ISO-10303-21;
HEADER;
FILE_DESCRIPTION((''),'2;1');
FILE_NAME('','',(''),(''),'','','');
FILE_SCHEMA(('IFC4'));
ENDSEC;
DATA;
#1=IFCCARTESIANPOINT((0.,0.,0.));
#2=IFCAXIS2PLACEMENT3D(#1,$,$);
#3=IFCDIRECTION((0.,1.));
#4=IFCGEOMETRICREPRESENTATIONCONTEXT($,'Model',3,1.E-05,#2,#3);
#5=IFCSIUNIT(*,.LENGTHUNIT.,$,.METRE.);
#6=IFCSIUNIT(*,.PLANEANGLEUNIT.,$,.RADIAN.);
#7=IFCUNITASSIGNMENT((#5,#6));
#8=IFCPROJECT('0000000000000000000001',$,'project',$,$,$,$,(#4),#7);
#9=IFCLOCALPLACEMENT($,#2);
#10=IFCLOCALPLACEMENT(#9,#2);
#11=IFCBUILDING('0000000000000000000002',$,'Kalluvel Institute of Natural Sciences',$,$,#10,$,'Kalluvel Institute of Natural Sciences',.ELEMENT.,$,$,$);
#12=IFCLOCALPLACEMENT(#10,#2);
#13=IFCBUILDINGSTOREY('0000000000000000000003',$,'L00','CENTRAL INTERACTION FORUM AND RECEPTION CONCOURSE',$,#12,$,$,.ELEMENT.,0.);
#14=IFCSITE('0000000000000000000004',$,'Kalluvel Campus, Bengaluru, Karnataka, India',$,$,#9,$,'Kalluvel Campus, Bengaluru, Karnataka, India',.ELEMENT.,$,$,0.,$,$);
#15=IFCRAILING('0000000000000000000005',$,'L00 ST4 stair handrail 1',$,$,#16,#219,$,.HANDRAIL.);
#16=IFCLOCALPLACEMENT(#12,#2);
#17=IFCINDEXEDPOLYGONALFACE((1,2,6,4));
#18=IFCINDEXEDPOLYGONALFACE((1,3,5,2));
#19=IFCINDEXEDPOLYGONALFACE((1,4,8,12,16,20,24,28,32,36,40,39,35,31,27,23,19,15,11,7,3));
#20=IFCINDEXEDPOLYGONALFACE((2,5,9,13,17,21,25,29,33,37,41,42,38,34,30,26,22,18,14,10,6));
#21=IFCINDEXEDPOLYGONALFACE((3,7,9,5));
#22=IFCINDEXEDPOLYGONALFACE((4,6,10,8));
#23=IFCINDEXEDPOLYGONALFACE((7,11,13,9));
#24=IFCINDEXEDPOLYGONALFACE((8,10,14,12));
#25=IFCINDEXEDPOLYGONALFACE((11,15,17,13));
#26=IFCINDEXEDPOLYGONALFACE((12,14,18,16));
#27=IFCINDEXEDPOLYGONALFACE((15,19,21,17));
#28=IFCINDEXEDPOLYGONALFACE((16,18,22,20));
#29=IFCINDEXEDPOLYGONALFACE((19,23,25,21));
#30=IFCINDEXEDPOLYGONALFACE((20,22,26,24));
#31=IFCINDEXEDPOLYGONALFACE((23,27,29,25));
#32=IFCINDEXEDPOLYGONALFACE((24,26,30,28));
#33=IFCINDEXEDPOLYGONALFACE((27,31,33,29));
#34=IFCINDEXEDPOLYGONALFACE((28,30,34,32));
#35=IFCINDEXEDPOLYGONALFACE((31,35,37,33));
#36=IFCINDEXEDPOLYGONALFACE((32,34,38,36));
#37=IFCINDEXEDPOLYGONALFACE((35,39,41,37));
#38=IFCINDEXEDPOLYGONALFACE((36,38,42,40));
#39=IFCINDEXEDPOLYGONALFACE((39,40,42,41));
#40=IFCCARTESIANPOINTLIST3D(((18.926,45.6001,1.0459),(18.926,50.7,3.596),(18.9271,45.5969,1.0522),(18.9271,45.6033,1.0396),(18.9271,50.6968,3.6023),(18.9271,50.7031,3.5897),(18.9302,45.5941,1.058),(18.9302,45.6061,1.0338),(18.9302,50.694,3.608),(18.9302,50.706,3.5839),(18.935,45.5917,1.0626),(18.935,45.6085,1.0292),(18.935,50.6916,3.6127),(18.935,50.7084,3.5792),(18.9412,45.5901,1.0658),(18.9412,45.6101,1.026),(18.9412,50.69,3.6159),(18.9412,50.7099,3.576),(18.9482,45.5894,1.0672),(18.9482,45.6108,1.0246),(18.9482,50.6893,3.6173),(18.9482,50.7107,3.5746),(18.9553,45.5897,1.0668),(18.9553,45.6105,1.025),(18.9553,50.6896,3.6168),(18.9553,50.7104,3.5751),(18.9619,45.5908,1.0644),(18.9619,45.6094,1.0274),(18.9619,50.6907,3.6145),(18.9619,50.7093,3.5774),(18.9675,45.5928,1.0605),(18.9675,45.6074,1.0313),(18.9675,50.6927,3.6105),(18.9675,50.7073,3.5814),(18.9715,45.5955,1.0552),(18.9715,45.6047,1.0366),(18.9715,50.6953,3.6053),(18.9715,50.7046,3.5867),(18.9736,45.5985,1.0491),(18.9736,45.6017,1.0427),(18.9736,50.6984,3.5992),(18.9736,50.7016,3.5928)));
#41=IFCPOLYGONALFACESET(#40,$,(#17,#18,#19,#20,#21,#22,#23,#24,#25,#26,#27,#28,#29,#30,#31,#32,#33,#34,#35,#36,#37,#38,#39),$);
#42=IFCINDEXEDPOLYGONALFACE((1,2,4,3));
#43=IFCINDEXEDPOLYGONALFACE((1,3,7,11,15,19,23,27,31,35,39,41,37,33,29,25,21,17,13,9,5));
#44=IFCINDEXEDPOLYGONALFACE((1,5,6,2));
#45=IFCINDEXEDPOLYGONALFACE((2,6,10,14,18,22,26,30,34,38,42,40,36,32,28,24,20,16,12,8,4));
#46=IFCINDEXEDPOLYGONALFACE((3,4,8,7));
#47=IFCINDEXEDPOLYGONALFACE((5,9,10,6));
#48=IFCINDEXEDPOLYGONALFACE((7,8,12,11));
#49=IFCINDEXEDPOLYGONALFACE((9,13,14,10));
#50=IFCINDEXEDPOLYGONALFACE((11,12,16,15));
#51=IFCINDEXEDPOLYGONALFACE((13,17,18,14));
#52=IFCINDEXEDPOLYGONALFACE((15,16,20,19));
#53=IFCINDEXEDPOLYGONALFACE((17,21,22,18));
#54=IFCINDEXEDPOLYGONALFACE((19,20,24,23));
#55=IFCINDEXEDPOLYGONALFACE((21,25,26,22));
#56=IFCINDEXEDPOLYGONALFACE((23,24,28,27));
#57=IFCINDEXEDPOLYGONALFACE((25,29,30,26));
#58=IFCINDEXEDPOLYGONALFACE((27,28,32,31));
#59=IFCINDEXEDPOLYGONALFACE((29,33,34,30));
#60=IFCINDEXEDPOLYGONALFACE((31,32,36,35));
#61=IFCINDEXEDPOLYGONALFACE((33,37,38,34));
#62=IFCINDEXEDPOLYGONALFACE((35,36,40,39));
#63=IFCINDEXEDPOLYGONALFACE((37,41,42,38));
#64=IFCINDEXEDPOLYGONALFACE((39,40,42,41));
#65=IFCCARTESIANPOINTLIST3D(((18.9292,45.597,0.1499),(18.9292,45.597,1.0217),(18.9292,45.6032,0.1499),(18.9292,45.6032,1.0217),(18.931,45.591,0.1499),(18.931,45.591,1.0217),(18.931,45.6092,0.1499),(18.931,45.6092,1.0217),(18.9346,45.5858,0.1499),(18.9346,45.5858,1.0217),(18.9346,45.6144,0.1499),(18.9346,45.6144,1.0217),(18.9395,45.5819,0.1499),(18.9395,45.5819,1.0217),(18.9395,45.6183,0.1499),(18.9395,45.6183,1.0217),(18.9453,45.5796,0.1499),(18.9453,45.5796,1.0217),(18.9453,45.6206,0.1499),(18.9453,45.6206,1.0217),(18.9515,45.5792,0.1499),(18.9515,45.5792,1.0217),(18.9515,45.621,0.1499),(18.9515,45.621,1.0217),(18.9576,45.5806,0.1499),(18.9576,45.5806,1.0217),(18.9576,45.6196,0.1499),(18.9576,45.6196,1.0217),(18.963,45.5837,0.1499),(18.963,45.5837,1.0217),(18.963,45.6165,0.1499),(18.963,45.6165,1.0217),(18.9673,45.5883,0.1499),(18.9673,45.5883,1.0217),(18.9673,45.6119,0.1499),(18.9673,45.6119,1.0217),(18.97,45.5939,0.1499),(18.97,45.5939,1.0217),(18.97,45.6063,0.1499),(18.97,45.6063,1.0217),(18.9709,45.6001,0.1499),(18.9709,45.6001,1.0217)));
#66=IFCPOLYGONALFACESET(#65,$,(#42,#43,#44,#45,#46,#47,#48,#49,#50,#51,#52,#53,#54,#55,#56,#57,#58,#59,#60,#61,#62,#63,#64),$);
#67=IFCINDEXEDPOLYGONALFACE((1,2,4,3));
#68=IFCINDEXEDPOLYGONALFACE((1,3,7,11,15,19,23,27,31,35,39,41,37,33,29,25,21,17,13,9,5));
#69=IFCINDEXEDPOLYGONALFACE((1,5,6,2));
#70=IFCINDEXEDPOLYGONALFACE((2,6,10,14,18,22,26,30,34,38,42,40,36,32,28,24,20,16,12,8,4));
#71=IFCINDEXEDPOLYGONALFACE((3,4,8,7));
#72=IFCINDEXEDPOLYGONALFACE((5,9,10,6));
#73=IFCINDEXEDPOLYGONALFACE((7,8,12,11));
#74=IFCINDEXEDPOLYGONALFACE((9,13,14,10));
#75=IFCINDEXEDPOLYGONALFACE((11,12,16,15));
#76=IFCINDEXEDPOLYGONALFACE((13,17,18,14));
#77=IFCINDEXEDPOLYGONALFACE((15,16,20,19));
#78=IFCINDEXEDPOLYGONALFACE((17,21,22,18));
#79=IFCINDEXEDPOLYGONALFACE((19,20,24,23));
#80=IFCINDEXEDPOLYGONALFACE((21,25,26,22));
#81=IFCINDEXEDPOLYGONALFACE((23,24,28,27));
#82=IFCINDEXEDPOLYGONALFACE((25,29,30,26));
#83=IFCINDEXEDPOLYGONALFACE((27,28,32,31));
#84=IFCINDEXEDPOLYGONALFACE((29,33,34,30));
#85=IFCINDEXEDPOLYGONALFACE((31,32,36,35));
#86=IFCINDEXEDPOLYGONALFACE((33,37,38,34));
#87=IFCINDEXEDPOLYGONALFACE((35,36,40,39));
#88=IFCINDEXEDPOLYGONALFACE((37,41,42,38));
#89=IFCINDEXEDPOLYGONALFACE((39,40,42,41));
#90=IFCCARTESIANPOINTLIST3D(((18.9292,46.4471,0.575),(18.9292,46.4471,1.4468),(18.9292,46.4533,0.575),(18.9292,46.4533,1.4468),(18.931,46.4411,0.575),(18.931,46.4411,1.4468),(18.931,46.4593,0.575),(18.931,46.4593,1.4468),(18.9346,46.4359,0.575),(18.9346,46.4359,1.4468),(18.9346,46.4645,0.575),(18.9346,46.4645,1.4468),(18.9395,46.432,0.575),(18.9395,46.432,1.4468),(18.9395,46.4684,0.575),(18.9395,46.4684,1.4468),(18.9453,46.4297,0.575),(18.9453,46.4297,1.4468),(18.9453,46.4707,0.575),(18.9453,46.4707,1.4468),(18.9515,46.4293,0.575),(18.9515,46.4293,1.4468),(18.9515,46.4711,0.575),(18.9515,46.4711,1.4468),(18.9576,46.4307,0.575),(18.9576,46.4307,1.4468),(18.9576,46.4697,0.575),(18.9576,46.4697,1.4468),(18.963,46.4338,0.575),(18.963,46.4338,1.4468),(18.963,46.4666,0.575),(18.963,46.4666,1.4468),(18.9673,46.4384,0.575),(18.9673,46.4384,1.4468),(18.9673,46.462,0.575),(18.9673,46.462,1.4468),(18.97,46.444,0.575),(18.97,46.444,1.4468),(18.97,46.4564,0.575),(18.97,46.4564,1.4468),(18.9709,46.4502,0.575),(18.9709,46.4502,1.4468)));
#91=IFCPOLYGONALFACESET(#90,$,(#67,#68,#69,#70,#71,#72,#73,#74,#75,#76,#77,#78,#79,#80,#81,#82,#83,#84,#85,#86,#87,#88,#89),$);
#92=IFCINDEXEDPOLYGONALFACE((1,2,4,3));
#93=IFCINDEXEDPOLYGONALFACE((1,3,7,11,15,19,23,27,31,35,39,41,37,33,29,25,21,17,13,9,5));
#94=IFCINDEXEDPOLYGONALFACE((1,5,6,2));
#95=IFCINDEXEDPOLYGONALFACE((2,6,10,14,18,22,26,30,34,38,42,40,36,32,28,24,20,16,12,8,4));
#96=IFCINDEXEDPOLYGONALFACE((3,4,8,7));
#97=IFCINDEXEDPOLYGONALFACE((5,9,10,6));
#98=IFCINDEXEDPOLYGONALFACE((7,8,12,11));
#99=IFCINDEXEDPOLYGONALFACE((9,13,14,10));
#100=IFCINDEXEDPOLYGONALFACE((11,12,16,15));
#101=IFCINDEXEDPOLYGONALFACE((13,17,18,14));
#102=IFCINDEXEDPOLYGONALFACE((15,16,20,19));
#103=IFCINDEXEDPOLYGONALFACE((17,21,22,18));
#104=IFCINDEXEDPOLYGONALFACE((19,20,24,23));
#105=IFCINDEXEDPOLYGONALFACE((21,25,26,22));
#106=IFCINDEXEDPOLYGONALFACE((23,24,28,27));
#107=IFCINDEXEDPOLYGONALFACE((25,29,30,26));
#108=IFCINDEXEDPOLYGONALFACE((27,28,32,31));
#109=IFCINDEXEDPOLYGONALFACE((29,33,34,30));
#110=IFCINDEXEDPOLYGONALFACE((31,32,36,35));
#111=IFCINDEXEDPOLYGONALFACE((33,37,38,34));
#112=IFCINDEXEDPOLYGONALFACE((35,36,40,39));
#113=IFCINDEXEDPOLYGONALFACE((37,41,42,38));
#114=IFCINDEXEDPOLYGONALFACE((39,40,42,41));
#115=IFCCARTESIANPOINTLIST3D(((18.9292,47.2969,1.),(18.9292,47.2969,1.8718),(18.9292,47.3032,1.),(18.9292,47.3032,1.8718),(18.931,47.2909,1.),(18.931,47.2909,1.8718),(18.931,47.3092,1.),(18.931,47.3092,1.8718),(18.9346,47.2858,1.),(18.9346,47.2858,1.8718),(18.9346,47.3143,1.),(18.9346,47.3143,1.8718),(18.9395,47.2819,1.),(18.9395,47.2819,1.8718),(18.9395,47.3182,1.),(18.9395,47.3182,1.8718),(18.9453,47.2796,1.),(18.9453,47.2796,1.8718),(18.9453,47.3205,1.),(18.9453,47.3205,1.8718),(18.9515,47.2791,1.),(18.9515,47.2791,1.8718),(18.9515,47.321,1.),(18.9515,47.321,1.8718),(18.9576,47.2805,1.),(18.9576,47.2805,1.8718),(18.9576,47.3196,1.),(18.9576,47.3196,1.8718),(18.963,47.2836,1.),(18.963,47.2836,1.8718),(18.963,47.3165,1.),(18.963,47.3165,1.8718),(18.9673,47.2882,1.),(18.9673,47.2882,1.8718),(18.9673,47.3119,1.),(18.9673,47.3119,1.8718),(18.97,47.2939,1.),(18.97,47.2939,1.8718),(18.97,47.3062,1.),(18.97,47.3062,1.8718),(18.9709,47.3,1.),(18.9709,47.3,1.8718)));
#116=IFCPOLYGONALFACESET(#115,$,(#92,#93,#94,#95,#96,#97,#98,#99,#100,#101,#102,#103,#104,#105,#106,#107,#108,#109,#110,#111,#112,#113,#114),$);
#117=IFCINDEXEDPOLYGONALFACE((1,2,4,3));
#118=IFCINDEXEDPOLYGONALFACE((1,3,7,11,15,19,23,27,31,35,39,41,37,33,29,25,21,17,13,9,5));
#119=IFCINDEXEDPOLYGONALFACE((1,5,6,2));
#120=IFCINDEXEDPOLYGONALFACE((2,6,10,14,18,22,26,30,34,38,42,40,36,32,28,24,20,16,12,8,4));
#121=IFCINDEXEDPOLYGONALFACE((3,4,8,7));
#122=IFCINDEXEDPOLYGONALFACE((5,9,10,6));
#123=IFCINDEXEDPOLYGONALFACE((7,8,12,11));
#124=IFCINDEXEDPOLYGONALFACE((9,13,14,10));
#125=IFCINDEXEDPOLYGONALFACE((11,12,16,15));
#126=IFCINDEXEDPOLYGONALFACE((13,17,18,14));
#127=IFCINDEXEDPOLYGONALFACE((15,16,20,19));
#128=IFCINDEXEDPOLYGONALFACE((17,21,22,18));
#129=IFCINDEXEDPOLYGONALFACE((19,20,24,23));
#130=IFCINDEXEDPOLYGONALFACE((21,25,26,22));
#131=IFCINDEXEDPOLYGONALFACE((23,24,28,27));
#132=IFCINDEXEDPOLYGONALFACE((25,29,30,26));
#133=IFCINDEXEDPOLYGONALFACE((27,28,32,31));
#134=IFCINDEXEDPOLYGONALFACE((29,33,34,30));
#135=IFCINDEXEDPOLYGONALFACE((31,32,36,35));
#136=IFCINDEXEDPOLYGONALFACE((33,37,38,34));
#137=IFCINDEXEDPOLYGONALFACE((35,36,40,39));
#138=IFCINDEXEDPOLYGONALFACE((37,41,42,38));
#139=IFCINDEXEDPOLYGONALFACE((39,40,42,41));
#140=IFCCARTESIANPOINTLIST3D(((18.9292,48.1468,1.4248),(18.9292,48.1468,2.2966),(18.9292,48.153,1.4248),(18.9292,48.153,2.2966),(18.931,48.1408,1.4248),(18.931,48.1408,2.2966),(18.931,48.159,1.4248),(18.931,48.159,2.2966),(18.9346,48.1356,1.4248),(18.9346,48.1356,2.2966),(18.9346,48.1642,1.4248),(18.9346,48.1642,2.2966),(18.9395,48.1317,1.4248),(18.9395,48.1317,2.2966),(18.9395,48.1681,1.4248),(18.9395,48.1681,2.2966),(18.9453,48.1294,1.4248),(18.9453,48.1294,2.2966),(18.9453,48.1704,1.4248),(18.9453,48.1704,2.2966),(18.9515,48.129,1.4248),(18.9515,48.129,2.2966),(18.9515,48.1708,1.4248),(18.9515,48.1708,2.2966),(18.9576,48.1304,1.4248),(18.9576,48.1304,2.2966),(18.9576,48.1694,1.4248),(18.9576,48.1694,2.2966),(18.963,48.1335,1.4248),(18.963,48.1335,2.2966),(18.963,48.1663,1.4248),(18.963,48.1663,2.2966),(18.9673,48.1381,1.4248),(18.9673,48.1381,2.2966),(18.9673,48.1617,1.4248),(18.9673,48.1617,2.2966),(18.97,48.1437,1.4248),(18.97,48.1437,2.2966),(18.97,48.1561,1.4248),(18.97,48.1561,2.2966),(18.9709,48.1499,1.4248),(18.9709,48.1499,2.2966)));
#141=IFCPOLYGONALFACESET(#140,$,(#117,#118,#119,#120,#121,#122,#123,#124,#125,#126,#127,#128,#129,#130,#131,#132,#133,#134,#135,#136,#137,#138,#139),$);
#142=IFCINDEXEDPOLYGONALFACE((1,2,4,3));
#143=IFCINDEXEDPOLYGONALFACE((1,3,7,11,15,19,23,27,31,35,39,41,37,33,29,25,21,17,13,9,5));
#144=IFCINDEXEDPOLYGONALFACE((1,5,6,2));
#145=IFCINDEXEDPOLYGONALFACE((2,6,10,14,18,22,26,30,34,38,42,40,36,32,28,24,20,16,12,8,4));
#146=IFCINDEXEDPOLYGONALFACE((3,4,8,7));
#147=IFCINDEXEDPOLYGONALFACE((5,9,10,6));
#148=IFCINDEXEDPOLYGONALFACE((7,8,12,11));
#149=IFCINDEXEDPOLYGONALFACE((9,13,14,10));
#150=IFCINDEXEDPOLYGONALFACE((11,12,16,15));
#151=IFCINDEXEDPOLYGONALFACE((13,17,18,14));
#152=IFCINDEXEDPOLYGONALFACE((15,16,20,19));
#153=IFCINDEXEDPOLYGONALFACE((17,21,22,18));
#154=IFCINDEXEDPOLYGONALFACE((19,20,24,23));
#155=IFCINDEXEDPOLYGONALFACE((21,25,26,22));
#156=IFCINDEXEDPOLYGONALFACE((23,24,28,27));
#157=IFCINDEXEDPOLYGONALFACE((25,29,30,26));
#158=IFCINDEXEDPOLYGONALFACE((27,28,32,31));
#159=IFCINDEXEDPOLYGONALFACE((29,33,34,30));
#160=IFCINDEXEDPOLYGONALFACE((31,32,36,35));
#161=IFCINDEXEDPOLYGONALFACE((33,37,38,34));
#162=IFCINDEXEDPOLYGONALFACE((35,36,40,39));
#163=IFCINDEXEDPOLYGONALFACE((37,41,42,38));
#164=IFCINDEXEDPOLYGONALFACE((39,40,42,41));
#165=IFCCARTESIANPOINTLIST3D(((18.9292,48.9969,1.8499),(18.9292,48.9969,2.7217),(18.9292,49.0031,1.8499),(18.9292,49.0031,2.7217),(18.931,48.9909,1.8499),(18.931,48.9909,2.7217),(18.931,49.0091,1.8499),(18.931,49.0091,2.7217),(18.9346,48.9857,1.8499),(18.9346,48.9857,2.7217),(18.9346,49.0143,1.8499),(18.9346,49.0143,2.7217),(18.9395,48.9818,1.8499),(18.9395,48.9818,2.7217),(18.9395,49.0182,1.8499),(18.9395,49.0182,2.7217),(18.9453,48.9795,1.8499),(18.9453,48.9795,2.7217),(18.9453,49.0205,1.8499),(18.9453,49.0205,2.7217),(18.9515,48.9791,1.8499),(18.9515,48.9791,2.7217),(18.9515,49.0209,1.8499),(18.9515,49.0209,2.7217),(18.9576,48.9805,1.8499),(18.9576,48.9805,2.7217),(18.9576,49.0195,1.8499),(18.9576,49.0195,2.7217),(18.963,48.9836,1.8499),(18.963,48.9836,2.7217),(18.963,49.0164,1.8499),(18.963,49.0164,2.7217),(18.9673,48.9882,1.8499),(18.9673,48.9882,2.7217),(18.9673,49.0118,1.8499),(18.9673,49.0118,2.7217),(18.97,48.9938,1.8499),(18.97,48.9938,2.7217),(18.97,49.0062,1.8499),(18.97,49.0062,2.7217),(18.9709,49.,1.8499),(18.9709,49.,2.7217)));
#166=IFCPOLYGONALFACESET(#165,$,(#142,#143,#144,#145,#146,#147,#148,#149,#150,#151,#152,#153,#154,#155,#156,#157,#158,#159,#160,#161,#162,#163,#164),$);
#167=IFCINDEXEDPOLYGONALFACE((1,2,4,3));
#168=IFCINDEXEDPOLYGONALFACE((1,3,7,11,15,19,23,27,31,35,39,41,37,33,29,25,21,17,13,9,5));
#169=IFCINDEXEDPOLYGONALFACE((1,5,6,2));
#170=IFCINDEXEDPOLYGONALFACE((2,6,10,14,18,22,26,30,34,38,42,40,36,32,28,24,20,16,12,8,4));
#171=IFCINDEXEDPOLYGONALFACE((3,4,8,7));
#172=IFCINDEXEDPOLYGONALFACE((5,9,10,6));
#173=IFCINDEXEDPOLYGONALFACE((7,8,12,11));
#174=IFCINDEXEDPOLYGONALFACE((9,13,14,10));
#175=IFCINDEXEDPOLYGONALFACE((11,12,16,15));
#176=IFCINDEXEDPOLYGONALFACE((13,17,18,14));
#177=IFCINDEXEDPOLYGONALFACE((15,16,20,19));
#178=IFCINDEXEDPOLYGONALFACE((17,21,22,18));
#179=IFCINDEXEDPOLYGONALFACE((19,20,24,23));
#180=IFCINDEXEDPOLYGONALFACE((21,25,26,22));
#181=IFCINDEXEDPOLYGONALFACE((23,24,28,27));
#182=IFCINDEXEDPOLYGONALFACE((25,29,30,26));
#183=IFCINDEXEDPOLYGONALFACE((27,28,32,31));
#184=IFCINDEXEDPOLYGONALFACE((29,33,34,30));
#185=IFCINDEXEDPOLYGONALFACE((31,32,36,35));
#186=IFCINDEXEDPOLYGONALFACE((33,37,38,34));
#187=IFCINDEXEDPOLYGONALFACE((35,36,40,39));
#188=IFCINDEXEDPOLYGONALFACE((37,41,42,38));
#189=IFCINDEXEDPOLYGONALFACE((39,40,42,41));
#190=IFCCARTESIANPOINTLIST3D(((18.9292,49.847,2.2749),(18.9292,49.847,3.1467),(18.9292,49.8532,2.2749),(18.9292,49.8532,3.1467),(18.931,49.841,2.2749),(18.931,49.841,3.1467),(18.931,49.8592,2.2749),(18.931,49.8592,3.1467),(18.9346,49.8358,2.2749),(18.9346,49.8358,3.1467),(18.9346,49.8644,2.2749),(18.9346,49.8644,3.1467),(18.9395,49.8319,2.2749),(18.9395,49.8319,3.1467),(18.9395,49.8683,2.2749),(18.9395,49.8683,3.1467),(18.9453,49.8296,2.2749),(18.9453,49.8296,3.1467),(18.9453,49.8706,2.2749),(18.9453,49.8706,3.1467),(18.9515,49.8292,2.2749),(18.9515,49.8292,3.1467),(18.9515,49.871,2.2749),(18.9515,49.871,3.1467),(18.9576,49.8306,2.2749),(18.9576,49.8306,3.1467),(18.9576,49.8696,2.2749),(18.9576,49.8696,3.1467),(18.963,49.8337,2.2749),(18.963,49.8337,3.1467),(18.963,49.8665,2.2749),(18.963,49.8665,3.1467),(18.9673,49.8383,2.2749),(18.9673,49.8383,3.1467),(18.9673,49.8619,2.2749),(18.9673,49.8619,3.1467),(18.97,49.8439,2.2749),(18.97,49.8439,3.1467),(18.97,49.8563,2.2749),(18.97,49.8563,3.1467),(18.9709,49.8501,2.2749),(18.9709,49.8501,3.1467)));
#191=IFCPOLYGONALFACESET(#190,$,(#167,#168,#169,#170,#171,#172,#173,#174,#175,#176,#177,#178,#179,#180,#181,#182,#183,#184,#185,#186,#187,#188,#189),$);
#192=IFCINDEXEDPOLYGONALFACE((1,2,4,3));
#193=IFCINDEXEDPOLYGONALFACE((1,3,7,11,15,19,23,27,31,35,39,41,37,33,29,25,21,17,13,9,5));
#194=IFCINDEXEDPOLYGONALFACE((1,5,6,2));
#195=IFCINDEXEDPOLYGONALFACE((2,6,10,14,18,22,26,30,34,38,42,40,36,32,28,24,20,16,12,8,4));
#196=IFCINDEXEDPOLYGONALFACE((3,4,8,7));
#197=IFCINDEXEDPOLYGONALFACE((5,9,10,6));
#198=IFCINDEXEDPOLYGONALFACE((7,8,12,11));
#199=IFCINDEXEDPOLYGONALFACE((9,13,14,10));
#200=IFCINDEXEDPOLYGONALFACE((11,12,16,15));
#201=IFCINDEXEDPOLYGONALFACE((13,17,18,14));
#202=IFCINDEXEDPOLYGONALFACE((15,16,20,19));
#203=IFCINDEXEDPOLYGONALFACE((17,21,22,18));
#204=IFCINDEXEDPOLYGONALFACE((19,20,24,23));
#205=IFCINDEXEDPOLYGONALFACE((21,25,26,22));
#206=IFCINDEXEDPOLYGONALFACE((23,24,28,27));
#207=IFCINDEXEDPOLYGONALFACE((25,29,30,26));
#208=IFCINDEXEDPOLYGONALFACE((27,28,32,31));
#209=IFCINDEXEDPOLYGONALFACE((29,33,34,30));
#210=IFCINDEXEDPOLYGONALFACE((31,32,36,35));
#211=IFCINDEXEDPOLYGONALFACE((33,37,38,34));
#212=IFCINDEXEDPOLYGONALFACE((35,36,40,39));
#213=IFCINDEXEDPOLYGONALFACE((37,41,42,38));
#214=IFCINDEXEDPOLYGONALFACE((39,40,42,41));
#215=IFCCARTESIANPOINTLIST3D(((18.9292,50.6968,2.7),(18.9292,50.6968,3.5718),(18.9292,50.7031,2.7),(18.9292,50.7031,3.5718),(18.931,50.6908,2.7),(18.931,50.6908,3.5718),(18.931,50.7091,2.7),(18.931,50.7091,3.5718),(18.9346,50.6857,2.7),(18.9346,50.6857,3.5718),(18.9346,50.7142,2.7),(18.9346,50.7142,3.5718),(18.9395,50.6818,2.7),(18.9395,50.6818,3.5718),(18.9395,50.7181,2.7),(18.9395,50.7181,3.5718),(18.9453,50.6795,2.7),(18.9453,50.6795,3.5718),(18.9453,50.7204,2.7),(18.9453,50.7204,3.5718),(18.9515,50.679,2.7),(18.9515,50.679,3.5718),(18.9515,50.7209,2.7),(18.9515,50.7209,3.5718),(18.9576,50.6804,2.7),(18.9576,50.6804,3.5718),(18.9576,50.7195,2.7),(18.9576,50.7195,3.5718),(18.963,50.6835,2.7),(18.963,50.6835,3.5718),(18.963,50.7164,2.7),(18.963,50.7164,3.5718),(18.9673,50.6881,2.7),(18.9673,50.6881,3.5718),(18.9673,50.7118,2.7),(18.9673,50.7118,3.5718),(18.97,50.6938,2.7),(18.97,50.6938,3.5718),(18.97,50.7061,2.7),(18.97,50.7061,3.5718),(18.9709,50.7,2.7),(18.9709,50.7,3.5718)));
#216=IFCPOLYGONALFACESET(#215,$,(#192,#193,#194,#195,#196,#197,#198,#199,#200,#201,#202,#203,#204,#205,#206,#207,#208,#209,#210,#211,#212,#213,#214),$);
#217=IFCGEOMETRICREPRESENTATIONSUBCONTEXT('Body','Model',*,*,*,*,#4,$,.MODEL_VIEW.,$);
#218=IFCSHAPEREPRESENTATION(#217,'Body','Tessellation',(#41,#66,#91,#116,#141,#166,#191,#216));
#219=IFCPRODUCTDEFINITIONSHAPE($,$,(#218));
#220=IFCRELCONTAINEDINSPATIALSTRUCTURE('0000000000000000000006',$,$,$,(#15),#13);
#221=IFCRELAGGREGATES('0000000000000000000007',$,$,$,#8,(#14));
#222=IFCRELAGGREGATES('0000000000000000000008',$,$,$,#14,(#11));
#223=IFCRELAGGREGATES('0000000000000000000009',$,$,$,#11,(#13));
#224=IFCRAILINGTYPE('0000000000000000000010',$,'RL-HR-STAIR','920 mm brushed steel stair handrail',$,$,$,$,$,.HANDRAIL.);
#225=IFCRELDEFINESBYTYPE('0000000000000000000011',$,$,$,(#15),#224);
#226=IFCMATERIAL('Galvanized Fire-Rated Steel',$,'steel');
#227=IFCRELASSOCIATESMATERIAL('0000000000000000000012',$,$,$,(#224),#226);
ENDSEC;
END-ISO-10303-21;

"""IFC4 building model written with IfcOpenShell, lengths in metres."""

from ifc_helpers import new_model, si_unit, direction, frame, origin, origin_2d, place, context, subcontext, project, spatial, circle, extrude, material, type_object, element, save


model = new_model("IFC4")

# Units and contexts
model_context = context("Model", 3, precision=1e-05, world=origin(), true_north=direction((0.0, 1.0)))
body_context = subcontext(model_context, "Body", "Model", "MODEL_VIEW")
ifc_project = project(units=[si_unit("LENGTHUNIT", "METRE"), si_unit("PLANEANGLEUNIT", "RADIAN")], contexts=[model_context])

# Site, building, storey
site_placement = place(None, origin())
site = spatial("IfcSite", under=ifc_project, at=site_placement, Name="Kalluvel Campus, Bengaluru, Karnataka, India", LongName="Kalluvel Campus, Bengaluru, Karnataka, India", CompositionType="ELEMENT", RefElevation=0.0)
building_placement = place(site_placement, origin())
building = spatial("IfcBuilding", under=site, at=building_placement, Name="Kalluvel Institute of Natural Sciences", LongName="Kalluvel Institute of Natural Sciences", CompositionType="ELEMENT")
storey_placement = place(building_placement, origin())
storey = spatial("IfcBuildingStorey", under=building, at=storey_placement, Name="L00", Description="CENTRAL INTERACTION FORUM AND RECEPTION CONCOURSE", CompositionType="ELEMENT", Elevation=0.0)

# Shared definitions
ifc_material_1 = material(Name="Galvanized Fire-Rated Steel", Category="steel")

# Railing
railing_type_1 = type_object("IfcRailingType", Name="RL-HR-STAIR", Description="920 mm brushed steel stair handrail", PredefinedType="HANDRAIL", material=ifc_material_1)
railing_1_placement = place(storey_placement, frame((18.95, 45.6001, 0.1499)))
element("IfcRailing", 1, at=railing_1_placement, inside=storey, type_object=railing_type_1, Name="L00 ST4 stair handrail 1", PredefinedType="HANDRAIL", context=body_context, shape_type="SweptSolid", body=[
    extrude(circle(Radius=0.0239, at=origin_2d()), frame((0.0, 0.0, 0.896), z_axis=(0.0, 0.894419, 0.447231), x_axis=(-1.0, 0.0, 0.0)), (0.0, 0.0, 1.0), 5.7019),
    extrude(circle(Radius=0.021, at=origin_2d()), origin(), (0.0, 0.0, 1.0), 0.8718),
    extrude(circle(Radius=0.021, at=origin_2d()), frame((0.0, 0.8501, 0.425)), (0.0, 0.0, 1.0), 0.8718),
    extrude(circle(Radius=0.021, at=origin_2d()), frame((0.0, 1.7, 0.8501)), (0.0, 0.0, 1.0), 0.8718),
    extrude(circle(Radius=0.021, at=origin_2d()), frame((0.0, 2.5498, 1.2749)), (0.0, 0.0, 1.0), 0.8718),
    extrude(circle(Radius=0.021, at=origin_2d()), frame((0.0, 3.3999, 1.7)), (0.0, 0.0, 1.0), 0.8718),
    extrude(circle(Radius=0.021, at=origin_2d()), frame((0.0, 4.25, 2.125)), (0.0, 0.0, 1.0), 0.8718),
    extrude(circle(Radius=0.021, at=origin_2d()), frame((0.0, 5.0999, 2.55)), (0.0, 0.0, 1.0), 0.8718),
])

save(model, "model.ifc")
